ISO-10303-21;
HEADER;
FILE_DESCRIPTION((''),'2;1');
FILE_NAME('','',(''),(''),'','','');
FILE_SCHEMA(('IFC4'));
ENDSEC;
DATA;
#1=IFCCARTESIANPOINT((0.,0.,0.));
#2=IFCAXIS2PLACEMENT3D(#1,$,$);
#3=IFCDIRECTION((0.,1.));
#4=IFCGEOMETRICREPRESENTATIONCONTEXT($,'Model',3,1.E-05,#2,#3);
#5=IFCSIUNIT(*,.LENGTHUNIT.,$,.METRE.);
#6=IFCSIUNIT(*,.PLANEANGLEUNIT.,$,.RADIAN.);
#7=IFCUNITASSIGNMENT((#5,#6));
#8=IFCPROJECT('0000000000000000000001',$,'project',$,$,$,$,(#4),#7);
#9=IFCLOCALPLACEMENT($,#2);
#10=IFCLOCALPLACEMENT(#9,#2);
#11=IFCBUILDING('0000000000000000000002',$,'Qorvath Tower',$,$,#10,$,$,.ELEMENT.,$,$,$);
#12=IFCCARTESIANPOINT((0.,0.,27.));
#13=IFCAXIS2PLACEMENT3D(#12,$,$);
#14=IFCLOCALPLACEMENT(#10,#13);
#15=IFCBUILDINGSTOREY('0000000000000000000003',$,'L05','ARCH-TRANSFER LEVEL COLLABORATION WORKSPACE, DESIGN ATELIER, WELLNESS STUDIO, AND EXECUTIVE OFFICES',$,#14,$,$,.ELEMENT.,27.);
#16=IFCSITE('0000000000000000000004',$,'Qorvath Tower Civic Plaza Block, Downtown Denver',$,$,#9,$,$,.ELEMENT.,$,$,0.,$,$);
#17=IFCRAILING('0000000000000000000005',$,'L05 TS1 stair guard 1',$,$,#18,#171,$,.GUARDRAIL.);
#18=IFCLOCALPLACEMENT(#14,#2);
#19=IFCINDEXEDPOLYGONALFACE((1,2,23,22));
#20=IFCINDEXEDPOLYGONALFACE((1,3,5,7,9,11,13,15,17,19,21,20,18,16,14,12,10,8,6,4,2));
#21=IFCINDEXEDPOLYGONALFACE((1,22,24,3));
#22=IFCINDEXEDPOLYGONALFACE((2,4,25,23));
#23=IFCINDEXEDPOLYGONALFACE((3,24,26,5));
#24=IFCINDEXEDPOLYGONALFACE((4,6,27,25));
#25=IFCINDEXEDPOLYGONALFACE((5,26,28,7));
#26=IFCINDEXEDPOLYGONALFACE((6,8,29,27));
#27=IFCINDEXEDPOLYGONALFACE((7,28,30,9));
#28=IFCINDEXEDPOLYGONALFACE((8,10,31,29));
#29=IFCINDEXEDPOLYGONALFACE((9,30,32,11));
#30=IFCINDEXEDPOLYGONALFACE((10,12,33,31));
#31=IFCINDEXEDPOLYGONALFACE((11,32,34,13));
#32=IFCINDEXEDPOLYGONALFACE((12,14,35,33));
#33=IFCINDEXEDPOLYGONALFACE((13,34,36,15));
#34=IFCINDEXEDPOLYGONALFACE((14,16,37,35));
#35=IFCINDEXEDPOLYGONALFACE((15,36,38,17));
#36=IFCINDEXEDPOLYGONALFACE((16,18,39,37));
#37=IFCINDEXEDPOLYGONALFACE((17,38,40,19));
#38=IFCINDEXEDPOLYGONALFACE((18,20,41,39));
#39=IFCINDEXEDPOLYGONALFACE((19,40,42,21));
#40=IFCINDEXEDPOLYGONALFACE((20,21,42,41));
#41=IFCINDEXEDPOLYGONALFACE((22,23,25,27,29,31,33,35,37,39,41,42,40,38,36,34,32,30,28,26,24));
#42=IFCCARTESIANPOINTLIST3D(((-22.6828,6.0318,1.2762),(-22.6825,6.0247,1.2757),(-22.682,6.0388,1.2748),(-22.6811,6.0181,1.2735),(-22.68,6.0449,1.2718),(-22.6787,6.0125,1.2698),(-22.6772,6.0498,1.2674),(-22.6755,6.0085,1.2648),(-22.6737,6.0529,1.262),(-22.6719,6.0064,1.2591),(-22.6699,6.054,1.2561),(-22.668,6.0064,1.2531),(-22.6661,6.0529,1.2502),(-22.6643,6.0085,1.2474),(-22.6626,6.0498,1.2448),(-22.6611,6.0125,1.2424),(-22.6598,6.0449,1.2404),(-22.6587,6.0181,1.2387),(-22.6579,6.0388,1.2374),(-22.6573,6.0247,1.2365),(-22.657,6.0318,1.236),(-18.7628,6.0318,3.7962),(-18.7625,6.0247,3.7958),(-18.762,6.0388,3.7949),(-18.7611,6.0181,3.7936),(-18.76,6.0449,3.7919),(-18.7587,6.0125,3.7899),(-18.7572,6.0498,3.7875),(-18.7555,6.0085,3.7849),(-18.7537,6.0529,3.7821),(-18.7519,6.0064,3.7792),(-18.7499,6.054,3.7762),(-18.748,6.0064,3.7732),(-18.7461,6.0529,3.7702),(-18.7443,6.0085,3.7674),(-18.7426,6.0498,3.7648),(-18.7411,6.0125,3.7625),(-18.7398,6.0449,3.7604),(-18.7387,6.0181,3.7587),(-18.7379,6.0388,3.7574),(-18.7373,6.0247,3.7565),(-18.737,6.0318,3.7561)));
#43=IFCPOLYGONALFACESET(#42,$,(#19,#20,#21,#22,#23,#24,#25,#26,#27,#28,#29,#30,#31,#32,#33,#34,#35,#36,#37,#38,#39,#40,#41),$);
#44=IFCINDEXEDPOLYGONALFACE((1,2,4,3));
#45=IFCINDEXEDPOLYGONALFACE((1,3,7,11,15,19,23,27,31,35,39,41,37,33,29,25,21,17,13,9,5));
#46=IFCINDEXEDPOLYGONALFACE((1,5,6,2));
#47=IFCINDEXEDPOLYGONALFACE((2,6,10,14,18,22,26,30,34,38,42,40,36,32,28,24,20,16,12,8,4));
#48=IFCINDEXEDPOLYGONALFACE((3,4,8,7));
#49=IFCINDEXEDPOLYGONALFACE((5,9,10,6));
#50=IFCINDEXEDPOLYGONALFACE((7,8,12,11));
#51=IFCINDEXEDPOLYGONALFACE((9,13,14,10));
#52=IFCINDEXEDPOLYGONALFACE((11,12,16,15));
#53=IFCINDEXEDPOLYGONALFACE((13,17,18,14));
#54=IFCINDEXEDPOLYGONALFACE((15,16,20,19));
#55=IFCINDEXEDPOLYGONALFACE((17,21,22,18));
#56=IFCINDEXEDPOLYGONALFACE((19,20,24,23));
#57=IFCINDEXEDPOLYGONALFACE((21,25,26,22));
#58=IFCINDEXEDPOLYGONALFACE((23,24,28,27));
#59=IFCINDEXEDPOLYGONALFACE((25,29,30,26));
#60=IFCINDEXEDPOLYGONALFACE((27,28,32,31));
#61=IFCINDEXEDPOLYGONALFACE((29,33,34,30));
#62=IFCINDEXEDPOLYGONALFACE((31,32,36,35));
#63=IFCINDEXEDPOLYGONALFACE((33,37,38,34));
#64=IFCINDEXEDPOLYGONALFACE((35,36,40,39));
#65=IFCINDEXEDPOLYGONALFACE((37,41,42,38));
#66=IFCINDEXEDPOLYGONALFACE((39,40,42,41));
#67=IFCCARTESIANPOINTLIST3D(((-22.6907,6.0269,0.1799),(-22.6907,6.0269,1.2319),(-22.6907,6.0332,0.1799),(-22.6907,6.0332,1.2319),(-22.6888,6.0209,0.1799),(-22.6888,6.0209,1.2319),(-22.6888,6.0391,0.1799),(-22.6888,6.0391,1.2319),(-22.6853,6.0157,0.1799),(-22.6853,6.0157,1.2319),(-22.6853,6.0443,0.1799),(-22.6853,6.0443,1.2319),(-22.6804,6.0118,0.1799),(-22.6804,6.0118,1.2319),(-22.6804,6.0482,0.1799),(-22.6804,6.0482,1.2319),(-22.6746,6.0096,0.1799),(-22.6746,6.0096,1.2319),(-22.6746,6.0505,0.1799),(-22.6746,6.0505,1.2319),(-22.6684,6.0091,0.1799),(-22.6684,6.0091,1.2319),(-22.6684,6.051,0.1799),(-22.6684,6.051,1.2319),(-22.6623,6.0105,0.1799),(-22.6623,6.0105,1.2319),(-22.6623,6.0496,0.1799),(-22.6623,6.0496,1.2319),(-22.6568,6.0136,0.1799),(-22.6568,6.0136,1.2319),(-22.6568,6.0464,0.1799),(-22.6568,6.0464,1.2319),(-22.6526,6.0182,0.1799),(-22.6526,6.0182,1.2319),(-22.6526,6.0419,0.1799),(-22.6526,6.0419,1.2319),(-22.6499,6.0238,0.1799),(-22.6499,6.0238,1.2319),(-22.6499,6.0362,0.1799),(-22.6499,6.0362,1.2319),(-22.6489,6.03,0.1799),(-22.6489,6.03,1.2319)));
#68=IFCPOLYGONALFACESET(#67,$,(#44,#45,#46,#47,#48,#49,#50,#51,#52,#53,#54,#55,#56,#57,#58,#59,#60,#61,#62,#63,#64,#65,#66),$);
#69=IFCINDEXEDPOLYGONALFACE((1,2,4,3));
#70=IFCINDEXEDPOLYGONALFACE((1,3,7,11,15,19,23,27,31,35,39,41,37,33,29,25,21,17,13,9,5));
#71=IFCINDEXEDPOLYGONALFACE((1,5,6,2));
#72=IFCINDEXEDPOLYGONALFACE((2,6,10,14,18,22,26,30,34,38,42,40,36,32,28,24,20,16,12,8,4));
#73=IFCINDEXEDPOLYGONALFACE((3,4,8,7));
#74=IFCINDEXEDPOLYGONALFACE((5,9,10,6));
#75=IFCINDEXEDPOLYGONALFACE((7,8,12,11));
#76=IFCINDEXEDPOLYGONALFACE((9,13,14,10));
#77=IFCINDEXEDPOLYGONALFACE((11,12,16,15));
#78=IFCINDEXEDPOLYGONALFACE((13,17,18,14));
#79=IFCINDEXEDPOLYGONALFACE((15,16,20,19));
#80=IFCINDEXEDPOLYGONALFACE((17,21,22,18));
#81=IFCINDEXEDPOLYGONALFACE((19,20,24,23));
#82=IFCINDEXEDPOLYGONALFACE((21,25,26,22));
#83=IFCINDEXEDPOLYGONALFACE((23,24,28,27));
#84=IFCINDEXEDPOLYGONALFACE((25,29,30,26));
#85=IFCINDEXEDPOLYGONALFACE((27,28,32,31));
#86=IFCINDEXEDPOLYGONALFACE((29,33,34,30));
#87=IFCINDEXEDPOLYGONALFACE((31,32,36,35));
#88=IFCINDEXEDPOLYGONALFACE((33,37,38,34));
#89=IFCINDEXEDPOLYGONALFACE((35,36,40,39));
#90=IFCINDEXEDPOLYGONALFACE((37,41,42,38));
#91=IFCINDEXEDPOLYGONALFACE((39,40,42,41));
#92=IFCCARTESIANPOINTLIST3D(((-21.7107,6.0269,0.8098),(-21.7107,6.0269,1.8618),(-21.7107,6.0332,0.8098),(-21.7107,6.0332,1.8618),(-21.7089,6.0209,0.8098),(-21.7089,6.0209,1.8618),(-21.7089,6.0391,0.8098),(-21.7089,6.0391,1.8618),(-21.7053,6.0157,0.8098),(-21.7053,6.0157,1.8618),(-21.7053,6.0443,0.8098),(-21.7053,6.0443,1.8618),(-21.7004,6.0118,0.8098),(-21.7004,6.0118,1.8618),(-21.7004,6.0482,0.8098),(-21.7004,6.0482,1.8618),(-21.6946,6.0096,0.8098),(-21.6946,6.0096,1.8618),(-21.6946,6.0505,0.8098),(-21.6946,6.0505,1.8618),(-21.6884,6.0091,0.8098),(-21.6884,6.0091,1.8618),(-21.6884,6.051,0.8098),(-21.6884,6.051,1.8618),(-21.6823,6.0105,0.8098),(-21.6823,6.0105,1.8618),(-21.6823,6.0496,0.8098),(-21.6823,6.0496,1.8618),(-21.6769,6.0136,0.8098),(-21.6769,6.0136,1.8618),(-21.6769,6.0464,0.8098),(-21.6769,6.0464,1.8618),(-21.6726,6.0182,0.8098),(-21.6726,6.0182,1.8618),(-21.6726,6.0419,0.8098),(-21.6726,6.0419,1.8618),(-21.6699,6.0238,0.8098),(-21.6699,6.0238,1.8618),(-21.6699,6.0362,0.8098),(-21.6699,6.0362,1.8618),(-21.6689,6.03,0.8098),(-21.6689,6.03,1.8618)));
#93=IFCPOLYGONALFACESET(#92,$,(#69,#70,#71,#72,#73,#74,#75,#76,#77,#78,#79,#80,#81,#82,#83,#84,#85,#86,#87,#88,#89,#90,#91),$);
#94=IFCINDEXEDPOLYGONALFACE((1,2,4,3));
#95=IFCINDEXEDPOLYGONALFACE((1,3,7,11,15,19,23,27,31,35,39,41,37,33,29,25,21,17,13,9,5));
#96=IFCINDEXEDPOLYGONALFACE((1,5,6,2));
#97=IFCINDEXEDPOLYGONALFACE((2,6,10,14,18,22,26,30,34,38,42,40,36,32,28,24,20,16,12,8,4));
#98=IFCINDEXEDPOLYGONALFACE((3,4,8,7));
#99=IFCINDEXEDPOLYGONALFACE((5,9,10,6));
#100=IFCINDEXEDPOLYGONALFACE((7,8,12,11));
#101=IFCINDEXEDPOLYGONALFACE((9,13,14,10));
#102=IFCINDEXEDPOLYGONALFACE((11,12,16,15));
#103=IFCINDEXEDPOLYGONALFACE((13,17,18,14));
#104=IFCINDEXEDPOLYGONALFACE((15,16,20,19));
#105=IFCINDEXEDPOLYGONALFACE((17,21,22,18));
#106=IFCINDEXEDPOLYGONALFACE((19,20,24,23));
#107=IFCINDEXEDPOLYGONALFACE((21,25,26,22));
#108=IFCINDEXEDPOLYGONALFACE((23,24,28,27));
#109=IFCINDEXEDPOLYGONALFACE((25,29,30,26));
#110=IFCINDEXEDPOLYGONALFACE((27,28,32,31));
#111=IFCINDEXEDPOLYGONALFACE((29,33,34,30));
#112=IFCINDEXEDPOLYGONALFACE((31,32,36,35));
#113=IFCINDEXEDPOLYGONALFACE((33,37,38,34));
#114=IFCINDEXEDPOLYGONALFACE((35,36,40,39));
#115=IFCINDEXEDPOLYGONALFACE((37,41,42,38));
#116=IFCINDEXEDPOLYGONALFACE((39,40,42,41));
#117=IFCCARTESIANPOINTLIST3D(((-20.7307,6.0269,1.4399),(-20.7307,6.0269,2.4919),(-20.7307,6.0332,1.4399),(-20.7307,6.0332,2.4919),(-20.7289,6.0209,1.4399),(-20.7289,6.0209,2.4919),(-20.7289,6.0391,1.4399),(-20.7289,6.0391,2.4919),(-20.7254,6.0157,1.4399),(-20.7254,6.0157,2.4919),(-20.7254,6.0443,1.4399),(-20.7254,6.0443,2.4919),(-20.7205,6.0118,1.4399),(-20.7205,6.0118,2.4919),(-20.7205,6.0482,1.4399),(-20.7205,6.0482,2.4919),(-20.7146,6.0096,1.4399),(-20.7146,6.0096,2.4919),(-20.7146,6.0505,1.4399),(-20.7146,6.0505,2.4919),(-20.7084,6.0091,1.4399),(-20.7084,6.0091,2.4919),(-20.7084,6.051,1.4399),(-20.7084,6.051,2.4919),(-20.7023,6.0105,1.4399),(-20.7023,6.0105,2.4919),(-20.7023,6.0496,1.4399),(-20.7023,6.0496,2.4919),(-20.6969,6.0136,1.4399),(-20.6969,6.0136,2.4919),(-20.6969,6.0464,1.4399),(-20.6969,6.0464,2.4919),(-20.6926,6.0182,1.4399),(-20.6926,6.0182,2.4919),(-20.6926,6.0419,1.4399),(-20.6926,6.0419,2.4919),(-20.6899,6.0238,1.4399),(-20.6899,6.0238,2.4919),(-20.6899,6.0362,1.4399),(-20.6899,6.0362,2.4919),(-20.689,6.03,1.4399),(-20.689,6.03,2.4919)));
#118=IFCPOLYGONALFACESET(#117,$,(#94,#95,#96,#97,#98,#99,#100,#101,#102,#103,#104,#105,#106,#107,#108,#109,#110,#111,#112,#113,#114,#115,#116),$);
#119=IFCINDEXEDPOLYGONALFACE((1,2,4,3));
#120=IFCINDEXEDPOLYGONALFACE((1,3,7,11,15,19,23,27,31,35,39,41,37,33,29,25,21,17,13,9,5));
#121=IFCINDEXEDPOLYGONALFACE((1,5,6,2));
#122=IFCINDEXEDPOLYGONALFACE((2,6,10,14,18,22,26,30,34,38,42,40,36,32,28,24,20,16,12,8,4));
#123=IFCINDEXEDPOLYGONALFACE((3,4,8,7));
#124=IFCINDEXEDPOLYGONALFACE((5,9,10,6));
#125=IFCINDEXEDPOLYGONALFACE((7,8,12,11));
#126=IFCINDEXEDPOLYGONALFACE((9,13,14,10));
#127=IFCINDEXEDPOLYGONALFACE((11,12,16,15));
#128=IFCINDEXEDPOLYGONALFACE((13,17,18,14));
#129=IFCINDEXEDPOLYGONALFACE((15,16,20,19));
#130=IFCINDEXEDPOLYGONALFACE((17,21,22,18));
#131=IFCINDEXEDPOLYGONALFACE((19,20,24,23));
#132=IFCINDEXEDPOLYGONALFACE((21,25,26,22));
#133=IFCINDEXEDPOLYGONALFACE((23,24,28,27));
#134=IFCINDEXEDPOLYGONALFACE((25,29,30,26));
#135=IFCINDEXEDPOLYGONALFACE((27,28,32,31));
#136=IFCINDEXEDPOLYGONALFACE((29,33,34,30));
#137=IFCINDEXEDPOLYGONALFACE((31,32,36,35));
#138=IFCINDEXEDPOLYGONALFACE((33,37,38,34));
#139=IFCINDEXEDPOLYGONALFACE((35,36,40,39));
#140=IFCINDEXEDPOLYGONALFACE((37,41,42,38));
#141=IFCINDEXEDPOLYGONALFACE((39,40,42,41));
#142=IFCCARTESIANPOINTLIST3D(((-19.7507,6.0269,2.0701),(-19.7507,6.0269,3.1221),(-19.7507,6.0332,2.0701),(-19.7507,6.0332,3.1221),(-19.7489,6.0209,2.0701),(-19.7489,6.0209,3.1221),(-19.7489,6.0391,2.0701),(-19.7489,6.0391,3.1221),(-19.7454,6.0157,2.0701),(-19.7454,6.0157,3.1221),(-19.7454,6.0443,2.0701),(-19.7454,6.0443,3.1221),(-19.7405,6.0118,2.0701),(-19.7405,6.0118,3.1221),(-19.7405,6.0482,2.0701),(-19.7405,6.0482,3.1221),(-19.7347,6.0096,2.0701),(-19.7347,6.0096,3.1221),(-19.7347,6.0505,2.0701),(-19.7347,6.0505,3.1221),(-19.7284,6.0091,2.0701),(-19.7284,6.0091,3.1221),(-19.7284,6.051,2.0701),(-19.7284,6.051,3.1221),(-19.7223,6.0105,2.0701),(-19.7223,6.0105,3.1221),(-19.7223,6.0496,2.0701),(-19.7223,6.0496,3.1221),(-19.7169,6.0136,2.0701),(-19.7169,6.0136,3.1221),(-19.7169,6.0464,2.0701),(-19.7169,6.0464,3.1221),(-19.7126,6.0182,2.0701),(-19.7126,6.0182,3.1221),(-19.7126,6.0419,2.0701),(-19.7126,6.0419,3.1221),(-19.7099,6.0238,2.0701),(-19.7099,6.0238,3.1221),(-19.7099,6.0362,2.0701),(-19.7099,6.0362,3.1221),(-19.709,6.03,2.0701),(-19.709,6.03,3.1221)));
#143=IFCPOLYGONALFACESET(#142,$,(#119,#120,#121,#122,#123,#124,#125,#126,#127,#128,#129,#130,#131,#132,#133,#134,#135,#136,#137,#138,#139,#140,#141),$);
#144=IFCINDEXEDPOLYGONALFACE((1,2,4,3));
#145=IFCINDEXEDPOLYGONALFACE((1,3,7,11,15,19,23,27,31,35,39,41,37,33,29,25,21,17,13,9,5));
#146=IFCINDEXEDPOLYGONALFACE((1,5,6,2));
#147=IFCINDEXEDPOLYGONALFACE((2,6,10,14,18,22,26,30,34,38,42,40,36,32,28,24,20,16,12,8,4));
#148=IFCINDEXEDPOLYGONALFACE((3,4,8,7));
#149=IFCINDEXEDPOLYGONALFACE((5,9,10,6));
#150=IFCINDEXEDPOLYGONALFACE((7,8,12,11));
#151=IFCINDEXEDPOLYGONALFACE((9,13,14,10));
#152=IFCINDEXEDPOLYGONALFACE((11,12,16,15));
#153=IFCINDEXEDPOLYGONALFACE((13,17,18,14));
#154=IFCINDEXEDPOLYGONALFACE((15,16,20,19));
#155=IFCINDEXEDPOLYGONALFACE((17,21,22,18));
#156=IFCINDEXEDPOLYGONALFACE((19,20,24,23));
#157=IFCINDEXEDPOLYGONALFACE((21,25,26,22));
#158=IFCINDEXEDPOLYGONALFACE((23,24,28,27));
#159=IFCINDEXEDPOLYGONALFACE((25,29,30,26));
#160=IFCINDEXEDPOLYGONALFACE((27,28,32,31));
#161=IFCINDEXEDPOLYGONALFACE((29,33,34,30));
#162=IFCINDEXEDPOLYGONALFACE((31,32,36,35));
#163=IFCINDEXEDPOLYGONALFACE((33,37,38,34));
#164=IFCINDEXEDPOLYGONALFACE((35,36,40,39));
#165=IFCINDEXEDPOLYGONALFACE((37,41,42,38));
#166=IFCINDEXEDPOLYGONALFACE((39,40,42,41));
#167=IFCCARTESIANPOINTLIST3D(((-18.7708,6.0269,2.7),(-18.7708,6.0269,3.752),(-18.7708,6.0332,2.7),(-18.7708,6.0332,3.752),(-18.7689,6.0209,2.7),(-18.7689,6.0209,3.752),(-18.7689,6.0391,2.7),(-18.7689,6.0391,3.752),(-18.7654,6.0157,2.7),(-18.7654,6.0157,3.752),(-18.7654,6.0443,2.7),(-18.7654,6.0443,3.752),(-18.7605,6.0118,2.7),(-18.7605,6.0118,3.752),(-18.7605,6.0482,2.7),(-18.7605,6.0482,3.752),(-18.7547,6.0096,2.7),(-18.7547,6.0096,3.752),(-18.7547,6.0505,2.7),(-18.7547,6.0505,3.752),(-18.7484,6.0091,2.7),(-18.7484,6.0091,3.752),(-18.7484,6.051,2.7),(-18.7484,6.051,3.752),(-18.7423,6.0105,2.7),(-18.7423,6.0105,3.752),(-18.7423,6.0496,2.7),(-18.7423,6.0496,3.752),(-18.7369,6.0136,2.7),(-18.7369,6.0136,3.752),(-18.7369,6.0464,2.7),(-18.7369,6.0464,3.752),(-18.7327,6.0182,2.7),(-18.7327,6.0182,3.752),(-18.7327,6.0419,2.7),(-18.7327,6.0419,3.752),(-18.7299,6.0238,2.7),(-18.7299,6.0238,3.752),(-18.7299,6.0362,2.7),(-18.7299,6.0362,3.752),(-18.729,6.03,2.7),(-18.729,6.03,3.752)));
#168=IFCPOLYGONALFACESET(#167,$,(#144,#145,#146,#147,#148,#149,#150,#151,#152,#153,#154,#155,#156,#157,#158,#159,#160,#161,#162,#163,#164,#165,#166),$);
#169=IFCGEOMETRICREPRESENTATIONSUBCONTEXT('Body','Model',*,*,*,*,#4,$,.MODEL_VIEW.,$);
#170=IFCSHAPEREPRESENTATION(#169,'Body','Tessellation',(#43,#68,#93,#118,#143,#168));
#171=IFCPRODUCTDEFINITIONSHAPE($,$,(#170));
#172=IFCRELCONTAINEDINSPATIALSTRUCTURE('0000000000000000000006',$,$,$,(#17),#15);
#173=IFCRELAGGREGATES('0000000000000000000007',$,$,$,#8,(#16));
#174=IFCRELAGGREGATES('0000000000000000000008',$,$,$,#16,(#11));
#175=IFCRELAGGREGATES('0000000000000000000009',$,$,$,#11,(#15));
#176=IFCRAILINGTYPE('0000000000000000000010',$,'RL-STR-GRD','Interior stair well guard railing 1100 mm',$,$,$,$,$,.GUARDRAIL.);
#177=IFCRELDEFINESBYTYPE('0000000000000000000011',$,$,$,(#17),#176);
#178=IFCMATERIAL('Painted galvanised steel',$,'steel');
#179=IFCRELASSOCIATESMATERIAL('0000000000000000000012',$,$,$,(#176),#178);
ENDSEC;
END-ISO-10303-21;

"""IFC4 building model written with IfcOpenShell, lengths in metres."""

from ifc_helpers import new_model, si_unit, direction, frame, origin, origin_2d, place, context, subcontext, project, spatial, circle, extrude, material, type_object, element, save


model = new_model("IFC4")

# Units and contexts
model_context = context("Model", 3, precision=1e-05, world=origin(), true_north=direction((0.0, 1.0)))
body_context = subcontext(model_context, "Body", "Model", "MODEL_VIEW")
ifc_project = project(units=[si_unit("LENGTHUNIT", "METRE"), si_unit("PLANEANGLEUNIT", "RADIAN")], contexts=[model_context])

# Site, building, storey
site_placement = place(None, origin())
site = spatial("IfcSite", under=ifc_project, at=site_placement, Name="Qorvath Tower Civic Plaza Block, Downtown Denver", CompositionType="ELEMENT", RefElevation=0.0)
building_placement = place(site_placement, origin())
building = spatial("IfcBuilding", under=site, at=building_placement, Name="Qorvath Tower", CompositionType="ELEMENT")
storey_placement = place(building_placement, frame((0.0, 0.0, 27.0)))
storey = spatial("IfcBuildingStorey", under=building, at=storey_placement, Name="L05", Description="ARCH-TRANSFER LEVEL COLLABORATION WORKSPACE, DESIGN ATELIER, WELLNESS STUDIO, AND EXECUTIVE OFFICES", CompositionType="ELEMENT", Elevation=27.0)

# Railing
ifc_material_1 = material(Name="Painted galvanised steel", Category="steel")
railing_type_1 = type_object("IfcRailingType", Name="RL-STR-GRD", Description="Interior stair well guard railing 1100 mm", PredefinedType="GUARDRAIL", material=ifc_material_1)
railing_1_placement = place(storey_placement, frame((-22.6699, 6.03, 0.1799)))
element("IfcRailing", 1, at=railing_1_placement, inside=storey, type_object=railing_type_1, Name="L05 TS1 stair guard 1", PredefinedType="GUARDRAIL", context=body_context, shape_type="SweptSolid", body=[
    extrude(circle(Radius=0.0239, at=origin_2d()), frame((0.0, 0.0, 1.0762), z_axis=(0.841172, 0.0, 0.540768), x_axis=(0.0, 1.0, 0.0)), (0.0, 0.0, 1.0), 4.6602),
    extrude(circle(Radius=0.021, at=origin_2d()), origin(), (0.0, 0.0, 1.0), 1.052),
    extrude(circle(Radius=0.021, at=origin_2d()), frame((0.98, 0.0, 0.6299)), (0.0, 0.0, 1.0), 1.052),
    extrude(circle(Radius=0.021, at=origin_2d()), frame((1.96, 0.0, 1.26)), (0.0, 0.0, 1.0), 1.052),
    extrude(circle(Radius=0.021, at=origin_2d()), frame((2.9399, 0.0, 1.8901)), (0.0, 0.0, 1.0), 1.052),
    extrude(circle(Radius=0.021, at=origin_2d()), frame((3.9199, 0.0, 2.52)), (0.0, 0.0, 1.0), 1.052),
])

save(model, "model.ifc")
